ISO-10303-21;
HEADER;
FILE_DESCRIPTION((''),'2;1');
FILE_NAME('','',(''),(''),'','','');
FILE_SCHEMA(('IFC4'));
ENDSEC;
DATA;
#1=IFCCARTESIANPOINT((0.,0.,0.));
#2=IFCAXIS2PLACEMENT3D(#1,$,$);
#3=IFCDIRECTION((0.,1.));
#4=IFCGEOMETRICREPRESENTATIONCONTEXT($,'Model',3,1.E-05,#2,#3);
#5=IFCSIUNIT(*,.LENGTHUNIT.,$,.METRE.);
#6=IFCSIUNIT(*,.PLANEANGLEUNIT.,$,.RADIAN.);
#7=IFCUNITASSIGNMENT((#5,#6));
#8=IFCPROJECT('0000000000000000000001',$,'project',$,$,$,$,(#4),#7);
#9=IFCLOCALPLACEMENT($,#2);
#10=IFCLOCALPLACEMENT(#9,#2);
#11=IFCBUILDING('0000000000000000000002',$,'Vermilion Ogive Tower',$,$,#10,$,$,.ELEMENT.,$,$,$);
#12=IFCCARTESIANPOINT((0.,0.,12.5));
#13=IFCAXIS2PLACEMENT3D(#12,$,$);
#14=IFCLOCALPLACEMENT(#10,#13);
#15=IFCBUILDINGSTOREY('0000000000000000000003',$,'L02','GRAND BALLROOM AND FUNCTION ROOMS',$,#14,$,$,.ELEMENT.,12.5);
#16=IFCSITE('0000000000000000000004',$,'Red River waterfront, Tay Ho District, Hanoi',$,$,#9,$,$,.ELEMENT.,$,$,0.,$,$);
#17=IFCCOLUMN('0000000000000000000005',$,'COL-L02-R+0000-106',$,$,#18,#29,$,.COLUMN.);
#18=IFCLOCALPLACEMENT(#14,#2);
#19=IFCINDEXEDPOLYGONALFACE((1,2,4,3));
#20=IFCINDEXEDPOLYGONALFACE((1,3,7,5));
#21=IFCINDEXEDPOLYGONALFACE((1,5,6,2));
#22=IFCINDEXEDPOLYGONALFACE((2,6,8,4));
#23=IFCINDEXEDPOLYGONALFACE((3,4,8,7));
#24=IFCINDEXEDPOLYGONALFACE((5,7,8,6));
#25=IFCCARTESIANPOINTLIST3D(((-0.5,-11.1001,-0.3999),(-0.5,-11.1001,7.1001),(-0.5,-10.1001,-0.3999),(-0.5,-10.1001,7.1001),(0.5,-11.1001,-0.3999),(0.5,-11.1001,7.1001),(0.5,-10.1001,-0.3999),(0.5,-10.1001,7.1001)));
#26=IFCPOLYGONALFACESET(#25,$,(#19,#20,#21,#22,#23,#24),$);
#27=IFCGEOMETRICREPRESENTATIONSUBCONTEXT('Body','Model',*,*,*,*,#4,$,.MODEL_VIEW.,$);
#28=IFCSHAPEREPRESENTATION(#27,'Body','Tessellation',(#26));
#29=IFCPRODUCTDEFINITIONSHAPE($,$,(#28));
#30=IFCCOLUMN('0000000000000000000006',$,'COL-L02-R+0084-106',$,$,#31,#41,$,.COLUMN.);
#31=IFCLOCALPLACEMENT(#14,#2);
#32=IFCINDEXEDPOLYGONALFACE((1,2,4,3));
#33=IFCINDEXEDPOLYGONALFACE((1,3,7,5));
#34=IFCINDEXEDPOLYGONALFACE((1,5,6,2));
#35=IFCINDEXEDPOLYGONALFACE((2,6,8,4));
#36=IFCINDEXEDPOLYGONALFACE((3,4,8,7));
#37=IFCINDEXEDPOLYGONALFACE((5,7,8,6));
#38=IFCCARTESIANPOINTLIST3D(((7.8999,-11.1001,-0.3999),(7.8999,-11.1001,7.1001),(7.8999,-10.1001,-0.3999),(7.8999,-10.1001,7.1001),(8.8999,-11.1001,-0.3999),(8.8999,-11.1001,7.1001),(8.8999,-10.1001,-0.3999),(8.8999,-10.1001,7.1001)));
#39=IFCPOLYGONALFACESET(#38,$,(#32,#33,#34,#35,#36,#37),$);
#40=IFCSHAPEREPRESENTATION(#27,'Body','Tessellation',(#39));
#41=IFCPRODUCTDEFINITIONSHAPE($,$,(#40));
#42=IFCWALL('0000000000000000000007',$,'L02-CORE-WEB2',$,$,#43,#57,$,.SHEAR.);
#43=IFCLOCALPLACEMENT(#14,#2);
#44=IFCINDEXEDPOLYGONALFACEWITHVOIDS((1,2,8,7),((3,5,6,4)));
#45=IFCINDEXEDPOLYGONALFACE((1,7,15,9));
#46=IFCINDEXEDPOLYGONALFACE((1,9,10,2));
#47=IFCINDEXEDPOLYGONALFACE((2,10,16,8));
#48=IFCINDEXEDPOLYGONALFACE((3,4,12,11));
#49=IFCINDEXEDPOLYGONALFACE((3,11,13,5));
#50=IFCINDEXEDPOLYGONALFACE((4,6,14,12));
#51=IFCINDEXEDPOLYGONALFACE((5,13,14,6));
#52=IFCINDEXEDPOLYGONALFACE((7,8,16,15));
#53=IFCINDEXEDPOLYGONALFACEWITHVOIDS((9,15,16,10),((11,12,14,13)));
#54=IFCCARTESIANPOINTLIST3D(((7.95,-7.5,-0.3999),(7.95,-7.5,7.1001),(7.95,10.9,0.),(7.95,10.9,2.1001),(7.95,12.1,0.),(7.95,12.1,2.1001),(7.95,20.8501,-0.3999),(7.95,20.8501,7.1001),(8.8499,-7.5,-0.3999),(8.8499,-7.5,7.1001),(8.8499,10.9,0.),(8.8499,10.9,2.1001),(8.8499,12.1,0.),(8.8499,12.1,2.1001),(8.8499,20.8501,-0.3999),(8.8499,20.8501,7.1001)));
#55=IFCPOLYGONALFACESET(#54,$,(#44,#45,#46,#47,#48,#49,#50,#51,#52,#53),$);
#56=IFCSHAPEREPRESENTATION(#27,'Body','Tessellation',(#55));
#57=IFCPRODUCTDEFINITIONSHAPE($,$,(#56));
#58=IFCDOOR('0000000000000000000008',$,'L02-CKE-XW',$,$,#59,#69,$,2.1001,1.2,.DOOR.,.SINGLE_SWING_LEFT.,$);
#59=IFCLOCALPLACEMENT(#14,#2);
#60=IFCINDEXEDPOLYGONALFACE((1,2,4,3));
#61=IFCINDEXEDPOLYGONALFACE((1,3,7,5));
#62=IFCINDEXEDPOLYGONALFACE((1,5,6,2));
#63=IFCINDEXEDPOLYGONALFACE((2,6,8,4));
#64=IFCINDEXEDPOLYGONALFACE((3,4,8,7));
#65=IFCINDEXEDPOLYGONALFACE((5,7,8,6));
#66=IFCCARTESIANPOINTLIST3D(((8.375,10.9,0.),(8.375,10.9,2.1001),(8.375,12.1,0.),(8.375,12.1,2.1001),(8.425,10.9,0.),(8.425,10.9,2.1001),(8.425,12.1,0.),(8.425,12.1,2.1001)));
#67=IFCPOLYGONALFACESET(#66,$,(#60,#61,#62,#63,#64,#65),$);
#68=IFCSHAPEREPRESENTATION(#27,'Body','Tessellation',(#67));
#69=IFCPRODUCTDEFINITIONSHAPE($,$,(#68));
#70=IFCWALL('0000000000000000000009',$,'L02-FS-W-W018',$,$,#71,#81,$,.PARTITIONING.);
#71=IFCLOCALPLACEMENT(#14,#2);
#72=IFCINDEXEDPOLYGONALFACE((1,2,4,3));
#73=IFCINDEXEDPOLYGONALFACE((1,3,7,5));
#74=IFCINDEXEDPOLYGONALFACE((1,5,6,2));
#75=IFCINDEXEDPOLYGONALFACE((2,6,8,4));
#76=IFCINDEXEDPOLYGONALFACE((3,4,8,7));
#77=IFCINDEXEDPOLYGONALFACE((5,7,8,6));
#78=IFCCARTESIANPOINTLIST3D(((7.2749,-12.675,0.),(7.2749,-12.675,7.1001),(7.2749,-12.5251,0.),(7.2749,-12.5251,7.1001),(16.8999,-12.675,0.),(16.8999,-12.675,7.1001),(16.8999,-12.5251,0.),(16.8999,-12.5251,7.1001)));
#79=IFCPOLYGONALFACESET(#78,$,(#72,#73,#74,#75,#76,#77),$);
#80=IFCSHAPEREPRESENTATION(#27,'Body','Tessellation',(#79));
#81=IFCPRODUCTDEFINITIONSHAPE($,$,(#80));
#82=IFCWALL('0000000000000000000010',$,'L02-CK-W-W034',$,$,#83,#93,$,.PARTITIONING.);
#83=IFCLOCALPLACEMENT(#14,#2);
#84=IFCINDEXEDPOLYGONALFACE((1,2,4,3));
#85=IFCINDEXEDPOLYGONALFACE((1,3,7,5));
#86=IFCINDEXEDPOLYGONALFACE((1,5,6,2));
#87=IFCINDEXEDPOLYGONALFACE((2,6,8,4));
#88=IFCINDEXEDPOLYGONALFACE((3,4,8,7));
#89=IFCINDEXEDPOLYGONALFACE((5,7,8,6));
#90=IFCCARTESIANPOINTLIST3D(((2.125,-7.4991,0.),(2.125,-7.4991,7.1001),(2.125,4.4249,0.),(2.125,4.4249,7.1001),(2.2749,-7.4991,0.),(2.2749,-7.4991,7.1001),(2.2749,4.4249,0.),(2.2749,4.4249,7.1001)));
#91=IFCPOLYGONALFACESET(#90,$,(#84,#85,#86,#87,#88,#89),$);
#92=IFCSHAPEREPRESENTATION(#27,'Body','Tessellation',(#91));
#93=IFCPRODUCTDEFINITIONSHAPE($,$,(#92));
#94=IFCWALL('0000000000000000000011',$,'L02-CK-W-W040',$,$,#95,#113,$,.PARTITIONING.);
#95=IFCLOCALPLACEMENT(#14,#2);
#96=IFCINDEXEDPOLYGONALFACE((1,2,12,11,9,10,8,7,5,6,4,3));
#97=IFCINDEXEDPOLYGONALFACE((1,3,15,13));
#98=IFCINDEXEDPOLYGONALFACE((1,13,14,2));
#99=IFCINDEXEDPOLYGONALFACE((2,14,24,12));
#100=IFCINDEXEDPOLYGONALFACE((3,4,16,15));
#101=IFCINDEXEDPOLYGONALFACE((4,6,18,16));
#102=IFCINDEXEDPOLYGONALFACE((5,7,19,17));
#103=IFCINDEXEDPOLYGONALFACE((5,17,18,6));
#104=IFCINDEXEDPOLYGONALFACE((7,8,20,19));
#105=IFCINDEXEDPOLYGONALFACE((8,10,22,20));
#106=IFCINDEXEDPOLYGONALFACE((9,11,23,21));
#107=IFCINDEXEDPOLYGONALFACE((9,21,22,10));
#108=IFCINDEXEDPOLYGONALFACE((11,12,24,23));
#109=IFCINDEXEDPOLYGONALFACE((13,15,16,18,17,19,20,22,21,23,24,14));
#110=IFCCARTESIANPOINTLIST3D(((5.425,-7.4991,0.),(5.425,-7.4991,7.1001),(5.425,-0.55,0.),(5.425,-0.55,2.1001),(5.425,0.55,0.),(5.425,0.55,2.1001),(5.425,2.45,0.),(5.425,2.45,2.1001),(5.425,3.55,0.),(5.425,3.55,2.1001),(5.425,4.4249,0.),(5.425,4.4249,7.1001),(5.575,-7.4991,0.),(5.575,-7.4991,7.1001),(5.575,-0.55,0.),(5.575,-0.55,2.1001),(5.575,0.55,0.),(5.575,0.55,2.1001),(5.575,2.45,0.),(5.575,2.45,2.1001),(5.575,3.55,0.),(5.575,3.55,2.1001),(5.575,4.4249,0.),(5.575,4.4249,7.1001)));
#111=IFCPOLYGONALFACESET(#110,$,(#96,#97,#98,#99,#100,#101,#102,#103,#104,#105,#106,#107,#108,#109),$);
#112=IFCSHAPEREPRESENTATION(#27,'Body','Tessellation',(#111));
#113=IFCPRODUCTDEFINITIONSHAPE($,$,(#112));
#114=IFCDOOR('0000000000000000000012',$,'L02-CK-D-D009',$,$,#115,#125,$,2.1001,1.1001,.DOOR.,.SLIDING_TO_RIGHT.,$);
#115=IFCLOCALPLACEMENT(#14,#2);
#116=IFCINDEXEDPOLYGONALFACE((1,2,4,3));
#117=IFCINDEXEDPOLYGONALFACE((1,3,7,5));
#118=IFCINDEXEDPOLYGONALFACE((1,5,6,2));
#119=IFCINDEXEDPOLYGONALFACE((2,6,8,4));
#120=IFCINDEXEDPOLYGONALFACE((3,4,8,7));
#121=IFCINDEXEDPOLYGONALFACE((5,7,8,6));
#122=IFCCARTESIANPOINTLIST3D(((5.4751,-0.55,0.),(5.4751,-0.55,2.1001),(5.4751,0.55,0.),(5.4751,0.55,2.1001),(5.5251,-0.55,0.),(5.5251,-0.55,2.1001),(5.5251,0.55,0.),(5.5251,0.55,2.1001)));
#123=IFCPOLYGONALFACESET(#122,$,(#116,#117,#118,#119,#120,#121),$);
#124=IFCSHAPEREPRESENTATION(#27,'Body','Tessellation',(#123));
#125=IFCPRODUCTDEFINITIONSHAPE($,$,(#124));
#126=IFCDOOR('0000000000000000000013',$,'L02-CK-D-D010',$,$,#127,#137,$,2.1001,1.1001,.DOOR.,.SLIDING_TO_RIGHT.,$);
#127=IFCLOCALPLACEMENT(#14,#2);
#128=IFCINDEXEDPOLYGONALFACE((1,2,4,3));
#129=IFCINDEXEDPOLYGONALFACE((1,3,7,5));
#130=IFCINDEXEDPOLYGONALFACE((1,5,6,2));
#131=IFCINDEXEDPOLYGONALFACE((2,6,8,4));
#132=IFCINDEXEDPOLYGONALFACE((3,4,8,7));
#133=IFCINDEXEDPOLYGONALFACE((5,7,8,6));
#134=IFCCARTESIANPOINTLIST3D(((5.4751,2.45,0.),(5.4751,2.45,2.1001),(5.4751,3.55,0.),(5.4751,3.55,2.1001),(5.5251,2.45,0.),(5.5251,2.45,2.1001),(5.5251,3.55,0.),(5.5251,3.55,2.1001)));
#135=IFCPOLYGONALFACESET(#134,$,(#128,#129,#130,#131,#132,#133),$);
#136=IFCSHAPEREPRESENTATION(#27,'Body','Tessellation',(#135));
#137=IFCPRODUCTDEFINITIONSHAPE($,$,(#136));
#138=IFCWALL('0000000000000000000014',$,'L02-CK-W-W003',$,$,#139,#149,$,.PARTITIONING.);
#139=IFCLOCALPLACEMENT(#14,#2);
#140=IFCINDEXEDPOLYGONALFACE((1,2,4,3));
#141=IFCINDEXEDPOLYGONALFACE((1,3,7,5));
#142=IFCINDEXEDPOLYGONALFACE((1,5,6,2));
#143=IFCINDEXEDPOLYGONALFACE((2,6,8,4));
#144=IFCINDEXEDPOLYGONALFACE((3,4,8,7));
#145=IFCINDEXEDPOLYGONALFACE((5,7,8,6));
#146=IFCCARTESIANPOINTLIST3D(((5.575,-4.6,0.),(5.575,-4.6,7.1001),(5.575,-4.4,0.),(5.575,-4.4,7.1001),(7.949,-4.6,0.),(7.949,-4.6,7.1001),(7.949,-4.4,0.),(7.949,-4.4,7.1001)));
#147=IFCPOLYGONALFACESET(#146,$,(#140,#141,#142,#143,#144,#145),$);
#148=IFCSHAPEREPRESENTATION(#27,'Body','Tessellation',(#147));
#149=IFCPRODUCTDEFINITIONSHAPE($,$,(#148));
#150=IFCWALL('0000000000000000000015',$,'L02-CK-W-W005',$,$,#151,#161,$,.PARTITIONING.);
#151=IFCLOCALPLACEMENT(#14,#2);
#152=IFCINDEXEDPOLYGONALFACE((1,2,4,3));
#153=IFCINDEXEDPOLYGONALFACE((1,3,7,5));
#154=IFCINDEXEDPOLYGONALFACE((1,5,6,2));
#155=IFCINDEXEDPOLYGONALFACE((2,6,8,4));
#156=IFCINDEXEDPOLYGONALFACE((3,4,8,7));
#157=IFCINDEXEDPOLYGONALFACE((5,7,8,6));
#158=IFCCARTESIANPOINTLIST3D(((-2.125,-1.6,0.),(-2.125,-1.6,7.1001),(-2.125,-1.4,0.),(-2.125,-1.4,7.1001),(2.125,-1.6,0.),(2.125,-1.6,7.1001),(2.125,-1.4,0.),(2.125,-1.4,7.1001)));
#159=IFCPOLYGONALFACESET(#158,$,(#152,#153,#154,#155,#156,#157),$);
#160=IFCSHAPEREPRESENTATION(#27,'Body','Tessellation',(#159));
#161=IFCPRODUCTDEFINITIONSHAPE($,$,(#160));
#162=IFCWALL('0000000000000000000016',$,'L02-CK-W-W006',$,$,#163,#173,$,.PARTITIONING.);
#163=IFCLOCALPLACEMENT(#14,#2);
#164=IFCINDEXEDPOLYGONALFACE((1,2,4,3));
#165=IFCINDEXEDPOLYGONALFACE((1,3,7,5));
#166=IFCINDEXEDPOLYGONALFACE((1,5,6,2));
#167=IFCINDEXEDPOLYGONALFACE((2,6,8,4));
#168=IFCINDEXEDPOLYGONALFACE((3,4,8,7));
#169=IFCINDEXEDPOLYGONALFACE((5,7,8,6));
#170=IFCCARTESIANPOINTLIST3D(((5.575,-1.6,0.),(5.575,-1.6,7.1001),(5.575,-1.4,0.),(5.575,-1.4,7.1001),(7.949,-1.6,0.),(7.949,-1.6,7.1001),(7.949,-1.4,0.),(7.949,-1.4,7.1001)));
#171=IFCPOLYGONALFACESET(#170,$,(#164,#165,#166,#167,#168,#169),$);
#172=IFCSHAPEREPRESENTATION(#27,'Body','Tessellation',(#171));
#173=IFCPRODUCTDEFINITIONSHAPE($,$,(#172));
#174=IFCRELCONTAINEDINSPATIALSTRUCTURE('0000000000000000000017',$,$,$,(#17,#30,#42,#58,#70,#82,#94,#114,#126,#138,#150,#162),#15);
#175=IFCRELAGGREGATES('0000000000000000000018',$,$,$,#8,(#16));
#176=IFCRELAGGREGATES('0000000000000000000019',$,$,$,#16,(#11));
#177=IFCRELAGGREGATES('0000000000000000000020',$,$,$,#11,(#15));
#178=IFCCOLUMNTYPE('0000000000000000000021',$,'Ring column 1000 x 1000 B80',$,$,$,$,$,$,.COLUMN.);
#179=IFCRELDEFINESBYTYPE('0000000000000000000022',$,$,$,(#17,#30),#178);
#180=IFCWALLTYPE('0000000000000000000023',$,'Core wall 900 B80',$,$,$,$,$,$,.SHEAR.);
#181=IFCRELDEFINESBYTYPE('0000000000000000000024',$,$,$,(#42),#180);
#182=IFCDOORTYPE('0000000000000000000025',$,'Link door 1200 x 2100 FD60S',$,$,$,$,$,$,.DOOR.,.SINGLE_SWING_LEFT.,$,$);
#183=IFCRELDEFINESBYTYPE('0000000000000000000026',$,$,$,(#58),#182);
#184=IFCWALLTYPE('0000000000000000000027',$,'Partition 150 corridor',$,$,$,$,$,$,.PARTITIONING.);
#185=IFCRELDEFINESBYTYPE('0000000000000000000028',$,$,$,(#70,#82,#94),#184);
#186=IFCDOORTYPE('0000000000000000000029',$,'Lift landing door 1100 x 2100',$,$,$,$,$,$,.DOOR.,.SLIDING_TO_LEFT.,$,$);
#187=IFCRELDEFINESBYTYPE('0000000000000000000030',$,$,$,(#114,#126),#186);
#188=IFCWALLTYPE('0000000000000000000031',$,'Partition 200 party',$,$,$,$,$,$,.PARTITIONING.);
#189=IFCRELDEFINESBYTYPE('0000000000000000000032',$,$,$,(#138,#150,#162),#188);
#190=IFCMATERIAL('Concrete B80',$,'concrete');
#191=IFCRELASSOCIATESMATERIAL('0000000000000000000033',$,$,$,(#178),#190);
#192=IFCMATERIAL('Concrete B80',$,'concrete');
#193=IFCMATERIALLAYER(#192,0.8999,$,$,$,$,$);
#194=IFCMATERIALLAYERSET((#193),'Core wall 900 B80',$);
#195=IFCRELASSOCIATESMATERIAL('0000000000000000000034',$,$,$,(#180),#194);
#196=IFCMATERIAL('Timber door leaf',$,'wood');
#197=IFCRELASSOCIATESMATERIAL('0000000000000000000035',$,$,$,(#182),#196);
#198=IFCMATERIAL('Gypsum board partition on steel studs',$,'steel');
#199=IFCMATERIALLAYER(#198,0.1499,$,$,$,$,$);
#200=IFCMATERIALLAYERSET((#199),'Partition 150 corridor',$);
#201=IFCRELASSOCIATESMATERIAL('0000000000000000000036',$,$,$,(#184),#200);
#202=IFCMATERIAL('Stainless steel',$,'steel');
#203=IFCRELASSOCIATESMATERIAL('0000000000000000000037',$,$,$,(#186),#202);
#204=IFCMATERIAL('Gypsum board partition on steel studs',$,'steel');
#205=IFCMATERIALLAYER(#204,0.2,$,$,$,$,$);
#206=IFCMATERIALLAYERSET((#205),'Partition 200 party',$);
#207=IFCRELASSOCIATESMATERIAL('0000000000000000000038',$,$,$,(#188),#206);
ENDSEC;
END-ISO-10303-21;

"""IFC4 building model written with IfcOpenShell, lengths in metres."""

from ifc_helpers import new_model, si_unit, direction, frame, frame_2d, origin, origin_2d, place, context, subcontext, project, spatial, rectangle, extrude, material, layer, layer_set, material_profile, profile_set, type_object, element, fill, save


model = new_model("IFC4")

# Units and contexts
model_context = context("Model", 3, precision=1e-05, world=origin(), true_north=direction((0.0, 1.0)))
body_context = subcontext(model_context, "Body", "Model", "MODEL_VIEW")
ifc_project = project(units=[si_unit("LENGTHUNIT", "METRE"), si_unit("PLANEANGLEUNIT", "RADIAN")], contexts=[model_context])

# Site, building, storey
site_placement = place(None, origin())
site = spatial("IfcSite", under=ifc_project, at=site_placement, Name="Red River waterfront, Tay Ho District, Hanoi", CompositionType="ELEMENT", RefElevation=0.0)
building_placement = place(site_placement, origin())
building = spatial("IfcBuilding", under=site, at=building_placement, Name="Vermilion Ogive Tower", CompositionType="ELEMENT")
storey_placement = place(building_placement, frame((0.0, 0.0, 12.5)))
storey = spatial("IfcBuildingStorey", under=building, at=storey_placement, Name="L02", Description="GRAND BALLROOM AND FUNCTION ROOMS", CompositionType="ELEMENT", Elevation=12.5)

# Columns
ifc_material_1 = material(Name="Concrete B80", Category="concrete")
ifc_material_profile = material_profile(ifc_material_1, rectangle(XDim=1.0, YDim=1.0, at=origin_2d()), Name="1000 x 1000")
ifc_profile_set = profile_set([ifc_material_profile], Name="Concrete B80")
column_type = type_object("IfcColumnType", Name="Ring column 1000 x 1000 B80", PredefinedType="COLUMN", material=ifc_profile_set)
for number, where, z_axis, x_axis, name in (
    (1, (0.0, -10.6001, -0.3999), (0.0, 0.0, 1.0), (1.0, 0.0, 0.0), "COL-L02-R+0000-106"),
    (2, (8.3999, -10.6001, -0.3999), (0.0, 0.0, 1.0), (1.0, 0.0, 0.0), "COL-L02-R+0084-106"),
):
    element("IfcColumn", number, at=place(storey_placement, frame(where, z_axis=z_axis, x_axis=x_axis)), inside=storey, type_object=column_type, Name=name, PredefinedType="COLUMN", context=body_context, shape_type="SweptSolid", body=[
        extrude(rectangle(XDim=1.0, YDim=1.0, at=origin_2d()), origin(), (0.0, 0.0, 1.0), 7.5),
    ])

# Wall, opening, door
ifc_material_2 = material(Name="Concrete B80", Category="concrete")
ifc_layer_1 = layer(ifc_material_2, 0.8999)
ifc_layer_set_1 = layer_set([ifc_layer_1], Name="Core wall 900 B80")
wall_type_1 = type_object("IfcWallType", Name="Core wall 900 B80", PredefinedType="SHEAR", material=ifc_layer_set_1)
wall_1_placement = place(storey_placement, frame((8.3999, -7.5, -0.3999), z_axis=(0.0, 0.0, 1.0), x_axis=(0.0, 1.0, 0.0)))
wall_1 = element("IfcWall", 3, at=wall_1_placement, inside=storey, type_object=wall_type_1, Name="L02-CORE-WEB2", PredefinedType="SHEAR", context=body_context, shape_type="SweptSolid", body=[
    extrude(rectangle(XDim=28.3501, YDim=0.8999, at=frame_2d((14.175, 0.0))), origin(), (0.0, 0.0, 1.0), 7.5),
])
opening_1_placement = place(wall_1_placement, frame((18.3999, 0.0, 0.3999)))
opening_1 = element("IfcOpeningElement", 4, at=opening_1_placement, cuts=wall_1, PredefinedType="OPENING", context=body_context, shape_type="SweptSolid", body=[
    extrude(rectangle(XDim=1.2, YDim=2.1001, at=frame_2d((0.6001, 1.05))), frame((0.0, 0.46, 0.0), z_axis=(0.0, -1.0, 0.0), x_axis=(1.0, 0.0, 0.0)), (0.0, 0.0, 1.0), 0.9199),
])
ifc_material_3 = material(Name="Timber door leaf", Category="wood")
door_type_1 = type_object("IfcDoorType", Name="Link door 1200 x 2100 FD60S", OperationType="SINGLE_SWING_LEFT", PredefinedType="DOOR", material=ifc_material_3)
door_1_placement = place(opening_1_placement, origin())
door_1 = element("IfcDoor", 5, at=door_1_placement, inside=storey, type_object=door_type_1, Name="L02-CKE-XW", OperationType="SINGLE_SWING_LEFT", OverallHeight=2.1001, OverallWidth=1.2, PredefinedType="DOOR", context=body_context, shape_type="SweptSolid", body=[
    extrude(rectangle(XDim=1.2, YDim=2.1001, at=frame_2d((0.6001, 1.05))), frame((0.0, 0.0249, 0.0), z_axis=(0.0, -1.0, 0.0), x_axis=(1.0, 0.0, 0.0)), (0.0, 0.0, 1.0), 0.05),
])
fill(opening_1, door_1)

# Walls
ifc_material_4 = material(Name="Gypsum board partition on steel studs", Category="steel")
ifc_layer_2 = layer(ifc_material_4, 0.1499)
ifc_layer_set_2 = layer_set([ifc_layer_2], Name="Partition 150 corridor")
wall_type_2 = type_object("IfcWallType", Name="Partition 150 corridor", PredefinedType="PARTITIONING", material=ifc_layer_set_2)
wall_2_placement = place(storey_placement, frame((7.2749, -12.6001, 0.0), z_axis=(0.0, 0.0, 1.0), x_axis=(1.0, 0.0, 0.0)))
element("IfcWall", 6, at=wall_2_placement, inside=storey, type_object=wall_type_2, Name="L02-FS-W-W018", PredefinedType="PARTITIONING", context=body_context, shape_type="SweptSolid", body=[
    extrude(rectangle(XDim=9.625, YDim=0.1499, at=frame_2d((4.8125, 0.0))), origin(), (0.0, 0.0, 1.0), 7.1001),
])
wall_3_placement = place(storey_placement, frame((2.2, -7.499, 0.0), z_axis=(0.0, 0.0, 1.0), x_axis=(0.0, 1.0, 0.0)))
element("IfcWall", 7, at=wall_3_placement, inside=storey, type_object=wall_type_2, Name="L02-CK-W-W034", PredefinedType="PARTITIONING", context=body_context, shape_type="SweptSolid", body=[
    extrude(rectangle(XDim=11.9241, YDim=0.1499, at=frame_2d((5.9619, 0.0))), origin(), (0.0, 0.0, 1.0), 7.1001),
])

# Wall, openings, doors
wall_4_placement = place(storey_placement, frame((5.5, -7.499, 0.0), z_axis=(0.0, 0.0, 1.0), x_axis=(0.0, 1.0, 0.0)))
wall_4 = element("IfcWall", 8, at=wall_4_placement, inside=storey, type_object=wall_type_2, Name="L02-CK-W-W040", PredefinedType="PARTITIONING", context=body_context, shape_type="SweptSolid", body=[
    extrude(rectangle(XDim=11.9241, YDim=0.1499, at=frame_2d((5.9619, 0.0))), origin(), (0.0, 0.0, 1.0), 7.1001),
])
opening_2_placement = place(wall_4_placement, frame((6.949, 0.0, 0.0)))
opening_2 = element("IfcOpeningElement", 9, at=opening_2_placement, cuts=wall_4, PredefinedType="OPENING", context=body_context, shape_type="SweptSolid", body=[
    extrude(rectangle(XDim=1.1001, YDim=2.1001, at=frame_2d((0.55, 1.05))), frame((0.0, 0.085, 0.0), z_axis=(0.0, -1.0, 0.0), x_axis=(1.0, 0.0, 0.0)), (0.0, 0.0, 1.0), 0.1699),
])
opening_3_placement = place(wall_4_placement, frame((9.949, 0.0, 0.0)))
opening_3 = element("IfcOpeningElement", 10, at=opening_3_placement, cuts=wall_4, PredefinedType="OPENING", context=body_context, shape_type="SweptSolid", body=[
    extrude(rectangle(XDim=1.1001, YDim=2.1001, at=frame_2d((0.55, 1.05))), frame((0.0, 0.085, 0.0), z_axis=(0.0, -1.0, 0.0), x_axis=(1.0, 0.0, 0.0)), (0.0, 0.0, 1.0), 0.1699),
])
ifc_material_5 = material(Name="Stainless steel", Category="steel")
door_type_2 = type_object("IfcDoorType", Name="Lift landing door 1100 x 2100", OperationType="SLIDING_TO_LEFT", PredefinedType="DOOR", material=ifc_material_5)
door_2_placement = place(opening_2_placement, origin())
door_2 = element("IfcDoor", 11, at=door_2_placement, inside=storey, type_object=door_type_2, Name="L02-CK-D-D009", OperationType="SLIDING_TO_RIGHT", OverallHeight=2.1001, OverallWidth=1.1001, PredefinedType="DOOR", context=body_context, shape_type="SweptSolid", body=[
    extrude(rectangle(XDim=1.1001, YDim=2.1001, at=frame_2d((0.55, 1.05))), frame((0.0, 0.0249, 0.0), z_axis=(0.0, -1.0, 0.0), x_axis=(1.0, 0.0, 0.0)), (0.0, 0.0, 1.0), 0.05),
])
fill(opening_2, door_2)
door_3_placement = place(opening_3_placement, origin())
door_3 = element("IfcDoor", 12, at=door_3_placement, inside=storey, type_object=door_type_2, Name="L02-CK-D-D010", OperationType="SLIDING_TO_RIGHT", OverallHeight=2.1001, OverallWidth=1.1001, PredefinedType="DOOR", context=body_context, shape_type="SweptSolid", body=[
    extrude(rectangle(XDim=1.1001, YDim=2.1001, at=frame_2d((0.55, 1.05))), frame((0.0, 0.0249, 0.0), z_axis=(0.0, -1.0, 0.0), x_axis=(1.0, 0.0, 0.0)), (0.0, 0.0, 1.0), 0.05),
])
fill(opening_3, door_3)

# Walls
ifc_material_6 = material(Name="Gypsum board partition on steel studs", Category="steel")
ifc_layer_3 = layer(ifc_material_6, 0.2)
ifc_layer_set_3 = layer_set([ifc_layer_3], Name="Partition 200 party")
wall_type_3 = type_object("IfcWallType", Name="Partition 200 party", PredefinedType="PARTITIONING", material=ifc_layer_set_3)
wall_5_placement = place(storey_placement, frame((5.575, -4.5, 0.0), z_axis=(0.0, 0.0, 1.0), x_axis=(1.0, 0.0, 0.0)))
element("IfcWall", 13, at=wall_5_placement, inside=storey, type_object=wall_type_3, Name="L02-CK-W-W003", PredefinedType="PARTITIONING", context=body_context, shape_type="SweptSolid", body=[
    extrude(rectangle(XDim=2.374, YDim=0.2, at=frame_2d((1.187, 0.0))), origin(), (0.0, 0.0, 1.0), 7.1001),
])
wall_6_placement = place(storey_placement, frame((-2.125, -1.5, 0.0), z_axis=(0.0, 0.0, 1.0), x_axis=(1.0, 0.0, 0.0)))
element("IfcWall", 14, at=wall_6_placement, inside=storey, type_object=wall_type_3, Name="L02-CK-W-W005", PredefinedType="PARTITIONING", context=body_context, shape_type="SweptSolid", body=[
    extrude(rectangle(XDim=4.25, YDim=0.2, at=frame_2d((2.125, 0.0))), origin(), (0.0, 0.0, 1.0), 7.1001),
])
wall_7_placement = place(storey_placement, frame((5.575, -1.5, 0.0), z_axis=(0.0, 0.0, 1.0), x_axis=(1.0, 0.0, 0.0)))
element("IfcWall", 15, at=wall_7_placement, inside=storey, type_object=wall_type_3, Name="L02-CK-W-W006", PredefinedType="PARTITIONING", context=body_context, shape_type="SweptSolid", body=[
    extrude(rectangle(XDim=2.374, YDim=0.2, at=frame_2d((1.187, 0.0))), origin(), (0.0, 0.0, 1.0), 7.1001),
])

save(model, "model.ifc")
